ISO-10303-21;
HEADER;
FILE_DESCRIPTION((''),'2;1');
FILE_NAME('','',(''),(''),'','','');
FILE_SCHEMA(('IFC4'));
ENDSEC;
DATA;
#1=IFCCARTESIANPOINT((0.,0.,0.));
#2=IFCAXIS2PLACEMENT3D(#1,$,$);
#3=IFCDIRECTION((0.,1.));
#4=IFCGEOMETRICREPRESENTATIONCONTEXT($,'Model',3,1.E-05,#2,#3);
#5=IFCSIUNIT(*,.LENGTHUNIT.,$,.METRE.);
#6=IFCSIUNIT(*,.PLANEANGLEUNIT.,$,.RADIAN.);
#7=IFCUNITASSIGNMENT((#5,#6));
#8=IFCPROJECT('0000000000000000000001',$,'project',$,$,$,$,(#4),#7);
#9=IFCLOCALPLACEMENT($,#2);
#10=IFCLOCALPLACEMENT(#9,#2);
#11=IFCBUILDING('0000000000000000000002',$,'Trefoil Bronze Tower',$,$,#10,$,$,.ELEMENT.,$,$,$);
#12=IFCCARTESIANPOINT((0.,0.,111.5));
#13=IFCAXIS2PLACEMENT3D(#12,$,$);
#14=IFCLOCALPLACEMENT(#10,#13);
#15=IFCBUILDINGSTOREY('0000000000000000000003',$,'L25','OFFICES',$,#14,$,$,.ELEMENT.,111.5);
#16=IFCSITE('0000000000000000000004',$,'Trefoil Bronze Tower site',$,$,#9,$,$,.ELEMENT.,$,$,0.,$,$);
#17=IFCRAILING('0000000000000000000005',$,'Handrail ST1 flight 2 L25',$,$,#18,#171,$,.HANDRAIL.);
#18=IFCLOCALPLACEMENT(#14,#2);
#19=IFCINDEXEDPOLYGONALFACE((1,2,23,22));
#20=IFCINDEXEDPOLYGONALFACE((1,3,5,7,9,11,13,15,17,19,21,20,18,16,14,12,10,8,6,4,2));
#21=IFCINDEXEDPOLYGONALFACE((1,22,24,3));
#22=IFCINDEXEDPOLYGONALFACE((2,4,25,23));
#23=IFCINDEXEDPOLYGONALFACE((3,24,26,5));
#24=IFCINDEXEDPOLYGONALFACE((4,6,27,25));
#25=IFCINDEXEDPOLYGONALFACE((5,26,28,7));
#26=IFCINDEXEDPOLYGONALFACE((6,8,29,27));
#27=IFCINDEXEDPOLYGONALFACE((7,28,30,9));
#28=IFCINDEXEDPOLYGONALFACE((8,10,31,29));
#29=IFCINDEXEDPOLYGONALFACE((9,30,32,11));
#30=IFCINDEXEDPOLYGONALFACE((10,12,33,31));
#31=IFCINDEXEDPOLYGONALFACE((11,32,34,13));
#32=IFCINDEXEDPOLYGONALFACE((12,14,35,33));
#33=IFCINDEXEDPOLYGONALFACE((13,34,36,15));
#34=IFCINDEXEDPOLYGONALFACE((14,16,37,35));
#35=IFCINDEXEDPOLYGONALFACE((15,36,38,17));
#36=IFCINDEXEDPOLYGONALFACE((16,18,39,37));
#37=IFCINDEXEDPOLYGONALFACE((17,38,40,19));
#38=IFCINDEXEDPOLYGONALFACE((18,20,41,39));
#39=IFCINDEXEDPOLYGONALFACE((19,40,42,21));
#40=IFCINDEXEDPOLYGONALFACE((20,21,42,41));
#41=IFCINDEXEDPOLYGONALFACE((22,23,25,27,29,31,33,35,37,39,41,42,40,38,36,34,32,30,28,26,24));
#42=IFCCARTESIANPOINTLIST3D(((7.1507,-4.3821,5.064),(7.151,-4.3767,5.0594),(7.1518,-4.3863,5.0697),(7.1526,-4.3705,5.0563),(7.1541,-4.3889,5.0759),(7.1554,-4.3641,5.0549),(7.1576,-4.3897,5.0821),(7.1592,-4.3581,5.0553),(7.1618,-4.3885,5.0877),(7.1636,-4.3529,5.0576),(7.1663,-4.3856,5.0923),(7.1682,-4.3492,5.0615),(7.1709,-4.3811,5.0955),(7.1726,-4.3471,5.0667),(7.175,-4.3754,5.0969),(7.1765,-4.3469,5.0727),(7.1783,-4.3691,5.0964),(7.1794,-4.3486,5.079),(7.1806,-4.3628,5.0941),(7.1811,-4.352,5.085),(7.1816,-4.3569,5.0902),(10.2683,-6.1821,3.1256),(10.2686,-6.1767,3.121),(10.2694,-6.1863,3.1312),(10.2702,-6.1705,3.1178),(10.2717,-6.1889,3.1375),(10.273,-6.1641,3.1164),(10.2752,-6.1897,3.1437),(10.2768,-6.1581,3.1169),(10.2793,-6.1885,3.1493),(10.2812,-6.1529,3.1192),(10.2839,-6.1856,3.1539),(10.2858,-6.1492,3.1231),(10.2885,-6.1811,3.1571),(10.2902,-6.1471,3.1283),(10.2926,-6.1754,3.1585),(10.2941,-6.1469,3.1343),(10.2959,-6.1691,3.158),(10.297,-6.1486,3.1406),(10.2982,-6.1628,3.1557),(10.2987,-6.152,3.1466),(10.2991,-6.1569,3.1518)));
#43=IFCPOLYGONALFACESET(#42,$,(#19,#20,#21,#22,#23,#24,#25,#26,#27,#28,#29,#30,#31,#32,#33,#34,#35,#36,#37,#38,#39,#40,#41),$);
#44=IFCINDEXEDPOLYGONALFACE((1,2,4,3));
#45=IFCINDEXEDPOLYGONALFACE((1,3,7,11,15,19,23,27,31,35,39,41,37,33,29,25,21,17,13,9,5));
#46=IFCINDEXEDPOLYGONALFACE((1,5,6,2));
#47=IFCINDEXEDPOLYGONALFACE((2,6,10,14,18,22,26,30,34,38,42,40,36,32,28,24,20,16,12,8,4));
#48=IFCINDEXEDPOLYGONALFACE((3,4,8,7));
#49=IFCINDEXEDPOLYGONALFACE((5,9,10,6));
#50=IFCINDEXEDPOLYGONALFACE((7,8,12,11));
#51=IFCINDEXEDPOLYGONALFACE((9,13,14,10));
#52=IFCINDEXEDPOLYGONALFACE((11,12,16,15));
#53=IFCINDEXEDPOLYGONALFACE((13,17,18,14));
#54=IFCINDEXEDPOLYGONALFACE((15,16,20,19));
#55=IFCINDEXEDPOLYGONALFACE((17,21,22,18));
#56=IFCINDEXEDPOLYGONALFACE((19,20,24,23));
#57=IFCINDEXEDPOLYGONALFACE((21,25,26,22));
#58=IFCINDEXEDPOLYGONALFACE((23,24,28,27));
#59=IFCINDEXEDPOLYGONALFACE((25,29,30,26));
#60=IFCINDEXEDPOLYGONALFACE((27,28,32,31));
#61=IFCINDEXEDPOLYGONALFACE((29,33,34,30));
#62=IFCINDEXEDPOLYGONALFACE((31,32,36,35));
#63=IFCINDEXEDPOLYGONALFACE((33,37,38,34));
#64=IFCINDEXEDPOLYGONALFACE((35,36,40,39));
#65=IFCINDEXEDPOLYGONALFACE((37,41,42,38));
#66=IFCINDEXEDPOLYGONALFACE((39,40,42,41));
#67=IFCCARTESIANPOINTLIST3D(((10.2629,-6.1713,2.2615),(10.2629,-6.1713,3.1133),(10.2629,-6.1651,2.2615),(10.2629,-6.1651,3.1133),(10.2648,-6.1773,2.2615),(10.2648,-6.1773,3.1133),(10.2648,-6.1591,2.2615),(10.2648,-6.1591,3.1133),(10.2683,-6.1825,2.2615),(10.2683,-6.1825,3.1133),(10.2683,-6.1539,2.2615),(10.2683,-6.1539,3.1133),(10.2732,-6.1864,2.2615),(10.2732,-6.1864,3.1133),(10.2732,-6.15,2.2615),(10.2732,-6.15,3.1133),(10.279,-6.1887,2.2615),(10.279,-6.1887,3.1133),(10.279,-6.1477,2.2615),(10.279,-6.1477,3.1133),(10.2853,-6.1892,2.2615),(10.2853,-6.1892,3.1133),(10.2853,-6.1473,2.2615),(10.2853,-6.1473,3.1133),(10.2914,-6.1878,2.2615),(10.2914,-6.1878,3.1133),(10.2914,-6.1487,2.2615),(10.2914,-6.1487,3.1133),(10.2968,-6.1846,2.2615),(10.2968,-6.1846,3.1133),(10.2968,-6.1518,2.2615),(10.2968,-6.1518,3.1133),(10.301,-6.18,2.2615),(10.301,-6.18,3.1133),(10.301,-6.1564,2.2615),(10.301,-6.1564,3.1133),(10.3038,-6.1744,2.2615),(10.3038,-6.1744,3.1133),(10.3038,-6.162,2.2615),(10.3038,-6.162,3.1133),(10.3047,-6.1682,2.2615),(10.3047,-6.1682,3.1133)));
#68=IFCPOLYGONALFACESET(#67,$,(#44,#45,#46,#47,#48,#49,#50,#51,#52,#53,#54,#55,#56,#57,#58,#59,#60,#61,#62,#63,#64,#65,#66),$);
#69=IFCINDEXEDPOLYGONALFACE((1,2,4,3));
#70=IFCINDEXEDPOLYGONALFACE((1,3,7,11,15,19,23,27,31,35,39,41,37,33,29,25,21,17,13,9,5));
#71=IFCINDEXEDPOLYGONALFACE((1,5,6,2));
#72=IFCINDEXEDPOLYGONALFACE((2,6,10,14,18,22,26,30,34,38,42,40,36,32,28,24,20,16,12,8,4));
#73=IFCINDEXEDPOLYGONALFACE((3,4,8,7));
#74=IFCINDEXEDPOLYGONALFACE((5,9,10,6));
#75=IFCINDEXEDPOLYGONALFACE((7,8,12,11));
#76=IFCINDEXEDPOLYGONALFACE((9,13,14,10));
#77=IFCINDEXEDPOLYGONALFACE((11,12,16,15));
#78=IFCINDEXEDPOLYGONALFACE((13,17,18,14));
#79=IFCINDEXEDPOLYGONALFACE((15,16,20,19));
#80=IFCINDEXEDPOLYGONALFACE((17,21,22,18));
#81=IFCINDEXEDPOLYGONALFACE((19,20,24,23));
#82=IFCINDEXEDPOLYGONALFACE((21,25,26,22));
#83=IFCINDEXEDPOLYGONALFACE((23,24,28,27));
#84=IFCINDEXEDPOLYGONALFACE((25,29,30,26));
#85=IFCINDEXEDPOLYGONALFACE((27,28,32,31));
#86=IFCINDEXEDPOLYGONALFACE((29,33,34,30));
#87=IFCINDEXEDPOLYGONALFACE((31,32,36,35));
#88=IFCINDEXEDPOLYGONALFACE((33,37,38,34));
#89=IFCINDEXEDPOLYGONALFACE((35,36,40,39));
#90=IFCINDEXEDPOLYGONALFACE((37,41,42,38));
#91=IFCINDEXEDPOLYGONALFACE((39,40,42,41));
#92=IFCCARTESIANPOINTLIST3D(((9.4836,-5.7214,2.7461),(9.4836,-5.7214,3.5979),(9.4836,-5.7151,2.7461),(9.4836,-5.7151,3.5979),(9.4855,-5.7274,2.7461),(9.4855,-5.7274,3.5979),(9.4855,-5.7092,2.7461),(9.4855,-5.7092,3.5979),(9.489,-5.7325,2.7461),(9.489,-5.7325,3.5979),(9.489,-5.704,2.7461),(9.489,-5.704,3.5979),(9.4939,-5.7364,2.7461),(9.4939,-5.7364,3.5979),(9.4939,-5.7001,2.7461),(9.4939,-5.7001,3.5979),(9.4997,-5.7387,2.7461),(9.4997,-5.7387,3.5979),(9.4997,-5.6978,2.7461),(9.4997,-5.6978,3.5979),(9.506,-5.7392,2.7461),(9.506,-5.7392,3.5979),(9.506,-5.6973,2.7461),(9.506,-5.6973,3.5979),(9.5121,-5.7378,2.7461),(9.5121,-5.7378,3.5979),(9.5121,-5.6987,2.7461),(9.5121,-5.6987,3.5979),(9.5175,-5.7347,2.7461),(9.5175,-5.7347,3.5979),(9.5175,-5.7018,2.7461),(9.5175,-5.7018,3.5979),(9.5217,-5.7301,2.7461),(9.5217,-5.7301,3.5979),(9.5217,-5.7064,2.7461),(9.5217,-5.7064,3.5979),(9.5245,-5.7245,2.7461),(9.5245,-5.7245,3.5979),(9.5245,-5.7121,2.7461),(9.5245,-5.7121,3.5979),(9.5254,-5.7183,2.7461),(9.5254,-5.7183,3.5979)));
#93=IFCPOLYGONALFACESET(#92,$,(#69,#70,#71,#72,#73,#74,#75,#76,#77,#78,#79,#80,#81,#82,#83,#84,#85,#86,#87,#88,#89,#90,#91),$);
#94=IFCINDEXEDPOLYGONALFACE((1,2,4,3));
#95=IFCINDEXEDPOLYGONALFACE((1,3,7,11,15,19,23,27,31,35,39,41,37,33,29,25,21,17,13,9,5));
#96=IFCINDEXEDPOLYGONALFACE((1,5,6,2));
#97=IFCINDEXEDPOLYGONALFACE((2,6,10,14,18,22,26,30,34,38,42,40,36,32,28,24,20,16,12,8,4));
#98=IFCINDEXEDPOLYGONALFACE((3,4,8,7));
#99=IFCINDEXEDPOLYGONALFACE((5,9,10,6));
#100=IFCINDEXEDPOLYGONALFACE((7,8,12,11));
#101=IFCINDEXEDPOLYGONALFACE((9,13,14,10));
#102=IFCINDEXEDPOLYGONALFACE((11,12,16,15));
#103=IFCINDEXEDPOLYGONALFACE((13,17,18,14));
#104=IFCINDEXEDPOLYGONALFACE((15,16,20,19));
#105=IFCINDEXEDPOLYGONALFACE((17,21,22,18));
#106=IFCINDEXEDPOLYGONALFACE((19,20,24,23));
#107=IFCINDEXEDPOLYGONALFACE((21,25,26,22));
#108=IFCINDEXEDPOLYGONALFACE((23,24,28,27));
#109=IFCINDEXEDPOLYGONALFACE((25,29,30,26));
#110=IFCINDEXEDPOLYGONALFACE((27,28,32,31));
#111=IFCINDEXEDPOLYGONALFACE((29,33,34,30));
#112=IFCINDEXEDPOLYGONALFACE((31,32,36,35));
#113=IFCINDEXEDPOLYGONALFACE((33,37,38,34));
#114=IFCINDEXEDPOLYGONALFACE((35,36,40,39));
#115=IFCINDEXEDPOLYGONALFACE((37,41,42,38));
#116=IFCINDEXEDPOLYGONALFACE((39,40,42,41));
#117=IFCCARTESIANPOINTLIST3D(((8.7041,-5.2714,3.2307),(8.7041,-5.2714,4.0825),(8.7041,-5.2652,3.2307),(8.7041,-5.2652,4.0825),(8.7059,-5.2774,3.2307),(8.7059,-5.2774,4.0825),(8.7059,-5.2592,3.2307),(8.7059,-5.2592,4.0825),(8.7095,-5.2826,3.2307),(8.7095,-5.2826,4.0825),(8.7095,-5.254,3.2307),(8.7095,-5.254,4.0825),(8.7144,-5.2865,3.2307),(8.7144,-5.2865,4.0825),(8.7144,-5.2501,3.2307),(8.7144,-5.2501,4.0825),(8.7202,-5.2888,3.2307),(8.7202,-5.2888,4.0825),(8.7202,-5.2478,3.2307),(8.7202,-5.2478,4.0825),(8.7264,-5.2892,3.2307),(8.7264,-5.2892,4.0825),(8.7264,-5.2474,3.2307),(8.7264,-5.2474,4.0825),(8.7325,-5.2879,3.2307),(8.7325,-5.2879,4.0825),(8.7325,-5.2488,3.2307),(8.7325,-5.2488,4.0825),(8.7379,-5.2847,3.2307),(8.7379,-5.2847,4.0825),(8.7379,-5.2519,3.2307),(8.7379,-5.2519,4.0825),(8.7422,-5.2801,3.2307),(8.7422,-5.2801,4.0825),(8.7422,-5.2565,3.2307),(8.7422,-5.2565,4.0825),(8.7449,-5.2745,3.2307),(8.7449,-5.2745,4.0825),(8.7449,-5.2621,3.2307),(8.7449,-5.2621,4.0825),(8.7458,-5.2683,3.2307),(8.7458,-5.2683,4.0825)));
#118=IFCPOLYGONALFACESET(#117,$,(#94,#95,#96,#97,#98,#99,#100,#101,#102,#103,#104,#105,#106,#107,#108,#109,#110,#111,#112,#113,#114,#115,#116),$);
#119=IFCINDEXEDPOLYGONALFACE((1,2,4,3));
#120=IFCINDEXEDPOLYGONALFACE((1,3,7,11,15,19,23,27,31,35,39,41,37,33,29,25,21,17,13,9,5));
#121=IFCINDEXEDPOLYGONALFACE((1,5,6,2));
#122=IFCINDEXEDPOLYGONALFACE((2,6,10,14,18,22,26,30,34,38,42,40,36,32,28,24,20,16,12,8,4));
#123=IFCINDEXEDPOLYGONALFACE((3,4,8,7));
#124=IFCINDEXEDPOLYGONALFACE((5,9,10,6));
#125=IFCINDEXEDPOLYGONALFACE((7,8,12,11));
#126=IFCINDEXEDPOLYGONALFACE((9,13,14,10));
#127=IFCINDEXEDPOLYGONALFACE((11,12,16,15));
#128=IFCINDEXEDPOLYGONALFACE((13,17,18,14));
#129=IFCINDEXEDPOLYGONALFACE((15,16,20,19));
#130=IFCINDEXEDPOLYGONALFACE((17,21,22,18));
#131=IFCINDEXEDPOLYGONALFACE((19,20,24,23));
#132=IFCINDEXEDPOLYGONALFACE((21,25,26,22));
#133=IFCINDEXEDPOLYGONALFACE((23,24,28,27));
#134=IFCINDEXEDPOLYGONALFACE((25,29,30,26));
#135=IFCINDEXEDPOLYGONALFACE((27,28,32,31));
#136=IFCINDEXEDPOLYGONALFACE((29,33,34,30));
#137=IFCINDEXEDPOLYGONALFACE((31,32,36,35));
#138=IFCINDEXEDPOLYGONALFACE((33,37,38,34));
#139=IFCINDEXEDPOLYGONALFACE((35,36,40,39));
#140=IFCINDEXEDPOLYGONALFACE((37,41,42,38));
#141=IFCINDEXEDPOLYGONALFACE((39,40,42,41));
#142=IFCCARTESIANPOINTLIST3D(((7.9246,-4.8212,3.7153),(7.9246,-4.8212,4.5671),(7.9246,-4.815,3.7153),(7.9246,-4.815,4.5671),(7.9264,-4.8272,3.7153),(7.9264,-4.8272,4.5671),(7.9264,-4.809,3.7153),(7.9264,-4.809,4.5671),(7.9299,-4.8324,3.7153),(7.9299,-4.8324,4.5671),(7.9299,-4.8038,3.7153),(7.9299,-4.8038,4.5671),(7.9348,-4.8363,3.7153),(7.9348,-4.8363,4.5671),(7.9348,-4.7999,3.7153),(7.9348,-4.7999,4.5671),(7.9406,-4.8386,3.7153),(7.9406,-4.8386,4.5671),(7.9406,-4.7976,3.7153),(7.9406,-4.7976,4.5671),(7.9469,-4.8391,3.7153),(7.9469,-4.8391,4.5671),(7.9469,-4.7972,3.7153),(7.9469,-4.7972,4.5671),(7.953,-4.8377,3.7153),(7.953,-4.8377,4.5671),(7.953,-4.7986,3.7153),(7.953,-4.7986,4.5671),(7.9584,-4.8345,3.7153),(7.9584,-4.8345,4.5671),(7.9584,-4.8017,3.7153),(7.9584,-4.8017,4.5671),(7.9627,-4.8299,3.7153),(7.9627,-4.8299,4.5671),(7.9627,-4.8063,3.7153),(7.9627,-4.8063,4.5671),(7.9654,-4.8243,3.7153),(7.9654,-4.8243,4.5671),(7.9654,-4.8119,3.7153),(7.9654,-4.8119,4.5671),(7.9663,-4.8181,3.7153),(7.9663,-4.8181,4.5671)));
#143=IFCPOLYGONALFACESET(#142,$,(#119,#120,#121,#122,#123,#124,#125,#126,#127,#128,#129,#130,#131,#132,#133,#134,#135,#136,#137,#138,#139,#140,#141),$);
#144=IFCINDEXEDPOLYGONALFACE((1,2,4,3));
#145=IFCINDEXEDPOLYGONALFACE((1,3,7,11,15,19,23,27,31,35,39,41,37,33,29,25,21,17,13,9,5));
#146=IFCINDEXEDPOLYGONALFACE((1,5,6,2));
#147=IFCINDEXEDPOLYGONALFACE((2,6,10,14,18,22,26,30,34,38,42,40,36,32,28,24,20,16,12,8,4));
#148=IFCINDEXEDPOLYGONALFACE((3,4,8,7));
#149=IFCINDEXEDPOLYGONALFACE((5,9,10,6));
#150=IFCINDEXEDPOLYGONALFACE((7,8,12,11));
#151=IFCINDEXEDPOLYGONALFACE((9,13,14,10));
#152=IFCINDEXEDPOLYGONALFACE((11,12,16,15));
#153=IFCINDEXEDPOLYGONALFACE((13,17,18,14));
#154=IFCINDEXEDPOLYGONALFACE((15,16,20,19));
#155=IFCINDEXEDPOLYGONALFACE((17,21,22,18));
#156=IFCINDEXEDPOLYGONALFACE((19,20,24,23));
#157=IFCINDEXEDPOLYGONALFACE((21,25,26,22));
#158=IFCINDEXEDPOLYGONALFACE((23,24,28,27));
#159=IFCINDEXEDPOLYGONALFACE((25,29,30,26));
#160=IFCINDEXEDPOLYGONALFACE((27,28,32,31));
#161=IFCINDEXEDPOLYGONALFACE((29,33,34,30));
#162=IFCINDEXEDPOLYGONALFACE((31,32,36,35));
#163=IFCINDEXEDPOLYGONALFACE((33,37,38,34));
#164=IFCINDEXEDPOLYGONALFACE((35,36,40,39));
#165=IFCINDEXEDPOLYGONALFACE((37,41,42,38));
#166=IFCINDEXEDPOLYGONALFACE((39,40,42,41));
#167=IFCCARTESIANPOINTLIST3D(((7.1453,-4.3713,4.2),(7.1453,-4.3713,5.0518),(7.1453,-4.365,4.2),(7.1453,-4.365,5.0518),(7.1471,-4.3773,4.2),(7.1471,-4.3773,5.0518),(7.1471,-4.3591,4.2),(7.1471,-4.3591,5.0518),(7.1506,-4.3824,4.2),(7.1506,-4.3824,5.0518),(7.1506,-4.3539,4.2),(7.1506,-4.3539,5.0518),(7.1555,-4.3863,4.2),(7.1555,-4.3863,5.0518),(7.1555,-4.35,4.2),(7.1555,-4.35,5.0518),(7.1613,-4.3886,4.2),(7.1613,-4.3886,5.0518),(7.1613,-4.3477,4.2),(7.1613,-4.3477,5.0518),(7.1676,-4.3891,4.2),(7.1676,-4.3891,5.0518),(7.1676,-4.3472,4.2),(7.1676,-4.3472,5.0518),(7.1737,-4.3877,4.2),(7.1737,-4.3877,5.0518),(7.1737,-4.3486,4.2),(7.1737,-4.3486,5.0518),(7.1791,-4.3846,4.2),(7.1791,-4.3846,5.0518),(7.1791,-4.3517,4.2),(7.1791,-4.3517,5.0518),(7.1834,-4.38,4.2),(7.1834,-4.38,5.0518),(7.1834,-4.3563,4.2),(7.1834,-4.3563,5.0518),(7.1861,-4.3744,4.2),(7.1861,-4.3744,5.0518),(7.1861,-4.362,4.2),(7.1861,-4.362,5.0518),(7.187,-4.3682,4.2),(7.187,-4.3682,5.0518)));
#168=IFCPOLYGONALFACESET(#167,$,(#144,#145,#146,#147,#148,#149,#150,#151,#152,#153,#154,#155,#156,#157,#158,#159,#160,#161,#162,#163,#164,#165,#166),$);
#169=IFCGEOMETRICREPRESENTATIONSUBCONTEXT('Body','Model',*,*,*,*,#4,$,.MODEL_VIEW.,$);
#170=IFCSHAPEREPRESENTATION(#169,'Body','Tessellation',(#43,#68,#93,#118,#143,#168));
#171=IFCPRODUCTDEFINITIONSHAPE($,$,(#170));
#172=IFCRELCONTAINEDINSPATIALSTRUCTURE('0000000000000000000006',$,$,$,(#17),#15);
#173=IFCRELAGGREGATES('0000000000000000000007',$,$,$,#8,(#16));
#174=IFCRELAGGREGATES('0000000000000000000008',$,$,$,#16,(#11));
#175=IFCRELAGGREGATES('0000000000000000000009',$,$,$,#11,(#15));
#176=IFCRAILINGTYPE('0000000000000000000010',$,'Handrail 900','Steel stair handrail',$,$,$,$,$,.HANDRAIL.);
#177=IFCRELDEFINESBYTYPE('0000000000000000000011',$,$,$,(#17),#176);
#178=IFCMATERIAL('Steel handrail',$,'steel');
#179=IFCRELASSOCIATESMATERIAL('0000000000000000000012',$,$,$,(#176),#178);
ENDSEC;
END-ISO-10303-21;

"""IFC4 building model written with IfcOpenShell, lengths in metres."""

from ifc_helpers import new_model, si_unit, direction, frame, origin, origin_2d, place, context, subcontext, project, spatial, circle, extrude, material, type_object, element, save


model = new_model("IFC4")

# Units and contexts
model_context = context("Model", 3, precision=1e-05, world=origin(), true_north=direction((0.0, 1.0)))
body_context = subcontext(model_context, "Body", "Model", "MODEL_VIEW")
ifc_project = project(units=[si_unit("LENGTHUNIT", "METRE"), si_unit("PLANEANGLEUNIT", "RADIAN")], contexts=[model_context])

# Site, building, storey
site_placement = place(None, origin())
site = spatial("IfcSite", under=ifc_project, at=site_placement, Name="Trefoil Bronze Tower site", CompositionType="ELEMENT", RefElevation=0.0)
building_placement = place(site_placement, origin())
building = spatial("IfcBuilding", under=site, at=building_placement, Name="Trefoil Bronze Tower", CompositionType="ELEMENT")
storey_placement = place(building_placement, frame((0.0, 0.0, 111.5)))
storey = spatial("IfcBuildingStorey", under=building, at=storey_placement, Name="L25", Description="OFFICES", CompositionType="ELEMENT", Elevation=111.5)

# Railing
ifc_material_1 = material(Name="Steel handrail", Category="steel")
railing_type = type_object("IfcRailingType", Name="Handrail 900", Description="Steel stair handrail", PredefinedType="HANDRAIL", material=ifc_material_1)
railing_placement = place(storey_placement, frame((10.2837, -6.1682, 2.2615)))
element("IfcRailing", 1, at=railing_placement, inside=storey, type_object=railing_type, Name="Handrail ST1 flight 2 L25", PredefinedType="HANDRAIL", context=body_context, shape_type="SweptSolid", body=[
    extrude(circle(Radius=0.0239, at=origin_2d()), frame((0.0, 0.0, 0.876), z_axis=(-0.762503, 0.440246, 0.474102), x_axis=(-0.500012, -0.866018, 0.0)), (0.0, 0.0, 1.0), 4.0886),
    extrude(circle(Radius=0.021, at=origin_2d()), origin(), (0.0, 0.0, 1.0), 0.8518),
    extrude(circle(Radius=0.021, at=origin_2d()), frame((-0.7793, 0.45, 0.4846)), (0.0, 0.0, 1.0), 0.8518),
    extrude(circle(Radius=0.021, at=origin_2d()), frame((-1.5588, 0.8999, 0.9692)), (0.0, 0.0, 1.0), 0.8518),
    extrude(circle(Radius=0.021, at=origin_2d()), frame((-2.3384, 1.3501, 1.4539)), (0.0, 0.0, 1.0), 0.8518),
    extrude(circle(Radius=0.021, at=origin_2d()), frame((-3.1177, 1.8, 1.9385)), (0.0, 0.0, 1.0), 0.8518),
])

save(model, "model.ifc")
